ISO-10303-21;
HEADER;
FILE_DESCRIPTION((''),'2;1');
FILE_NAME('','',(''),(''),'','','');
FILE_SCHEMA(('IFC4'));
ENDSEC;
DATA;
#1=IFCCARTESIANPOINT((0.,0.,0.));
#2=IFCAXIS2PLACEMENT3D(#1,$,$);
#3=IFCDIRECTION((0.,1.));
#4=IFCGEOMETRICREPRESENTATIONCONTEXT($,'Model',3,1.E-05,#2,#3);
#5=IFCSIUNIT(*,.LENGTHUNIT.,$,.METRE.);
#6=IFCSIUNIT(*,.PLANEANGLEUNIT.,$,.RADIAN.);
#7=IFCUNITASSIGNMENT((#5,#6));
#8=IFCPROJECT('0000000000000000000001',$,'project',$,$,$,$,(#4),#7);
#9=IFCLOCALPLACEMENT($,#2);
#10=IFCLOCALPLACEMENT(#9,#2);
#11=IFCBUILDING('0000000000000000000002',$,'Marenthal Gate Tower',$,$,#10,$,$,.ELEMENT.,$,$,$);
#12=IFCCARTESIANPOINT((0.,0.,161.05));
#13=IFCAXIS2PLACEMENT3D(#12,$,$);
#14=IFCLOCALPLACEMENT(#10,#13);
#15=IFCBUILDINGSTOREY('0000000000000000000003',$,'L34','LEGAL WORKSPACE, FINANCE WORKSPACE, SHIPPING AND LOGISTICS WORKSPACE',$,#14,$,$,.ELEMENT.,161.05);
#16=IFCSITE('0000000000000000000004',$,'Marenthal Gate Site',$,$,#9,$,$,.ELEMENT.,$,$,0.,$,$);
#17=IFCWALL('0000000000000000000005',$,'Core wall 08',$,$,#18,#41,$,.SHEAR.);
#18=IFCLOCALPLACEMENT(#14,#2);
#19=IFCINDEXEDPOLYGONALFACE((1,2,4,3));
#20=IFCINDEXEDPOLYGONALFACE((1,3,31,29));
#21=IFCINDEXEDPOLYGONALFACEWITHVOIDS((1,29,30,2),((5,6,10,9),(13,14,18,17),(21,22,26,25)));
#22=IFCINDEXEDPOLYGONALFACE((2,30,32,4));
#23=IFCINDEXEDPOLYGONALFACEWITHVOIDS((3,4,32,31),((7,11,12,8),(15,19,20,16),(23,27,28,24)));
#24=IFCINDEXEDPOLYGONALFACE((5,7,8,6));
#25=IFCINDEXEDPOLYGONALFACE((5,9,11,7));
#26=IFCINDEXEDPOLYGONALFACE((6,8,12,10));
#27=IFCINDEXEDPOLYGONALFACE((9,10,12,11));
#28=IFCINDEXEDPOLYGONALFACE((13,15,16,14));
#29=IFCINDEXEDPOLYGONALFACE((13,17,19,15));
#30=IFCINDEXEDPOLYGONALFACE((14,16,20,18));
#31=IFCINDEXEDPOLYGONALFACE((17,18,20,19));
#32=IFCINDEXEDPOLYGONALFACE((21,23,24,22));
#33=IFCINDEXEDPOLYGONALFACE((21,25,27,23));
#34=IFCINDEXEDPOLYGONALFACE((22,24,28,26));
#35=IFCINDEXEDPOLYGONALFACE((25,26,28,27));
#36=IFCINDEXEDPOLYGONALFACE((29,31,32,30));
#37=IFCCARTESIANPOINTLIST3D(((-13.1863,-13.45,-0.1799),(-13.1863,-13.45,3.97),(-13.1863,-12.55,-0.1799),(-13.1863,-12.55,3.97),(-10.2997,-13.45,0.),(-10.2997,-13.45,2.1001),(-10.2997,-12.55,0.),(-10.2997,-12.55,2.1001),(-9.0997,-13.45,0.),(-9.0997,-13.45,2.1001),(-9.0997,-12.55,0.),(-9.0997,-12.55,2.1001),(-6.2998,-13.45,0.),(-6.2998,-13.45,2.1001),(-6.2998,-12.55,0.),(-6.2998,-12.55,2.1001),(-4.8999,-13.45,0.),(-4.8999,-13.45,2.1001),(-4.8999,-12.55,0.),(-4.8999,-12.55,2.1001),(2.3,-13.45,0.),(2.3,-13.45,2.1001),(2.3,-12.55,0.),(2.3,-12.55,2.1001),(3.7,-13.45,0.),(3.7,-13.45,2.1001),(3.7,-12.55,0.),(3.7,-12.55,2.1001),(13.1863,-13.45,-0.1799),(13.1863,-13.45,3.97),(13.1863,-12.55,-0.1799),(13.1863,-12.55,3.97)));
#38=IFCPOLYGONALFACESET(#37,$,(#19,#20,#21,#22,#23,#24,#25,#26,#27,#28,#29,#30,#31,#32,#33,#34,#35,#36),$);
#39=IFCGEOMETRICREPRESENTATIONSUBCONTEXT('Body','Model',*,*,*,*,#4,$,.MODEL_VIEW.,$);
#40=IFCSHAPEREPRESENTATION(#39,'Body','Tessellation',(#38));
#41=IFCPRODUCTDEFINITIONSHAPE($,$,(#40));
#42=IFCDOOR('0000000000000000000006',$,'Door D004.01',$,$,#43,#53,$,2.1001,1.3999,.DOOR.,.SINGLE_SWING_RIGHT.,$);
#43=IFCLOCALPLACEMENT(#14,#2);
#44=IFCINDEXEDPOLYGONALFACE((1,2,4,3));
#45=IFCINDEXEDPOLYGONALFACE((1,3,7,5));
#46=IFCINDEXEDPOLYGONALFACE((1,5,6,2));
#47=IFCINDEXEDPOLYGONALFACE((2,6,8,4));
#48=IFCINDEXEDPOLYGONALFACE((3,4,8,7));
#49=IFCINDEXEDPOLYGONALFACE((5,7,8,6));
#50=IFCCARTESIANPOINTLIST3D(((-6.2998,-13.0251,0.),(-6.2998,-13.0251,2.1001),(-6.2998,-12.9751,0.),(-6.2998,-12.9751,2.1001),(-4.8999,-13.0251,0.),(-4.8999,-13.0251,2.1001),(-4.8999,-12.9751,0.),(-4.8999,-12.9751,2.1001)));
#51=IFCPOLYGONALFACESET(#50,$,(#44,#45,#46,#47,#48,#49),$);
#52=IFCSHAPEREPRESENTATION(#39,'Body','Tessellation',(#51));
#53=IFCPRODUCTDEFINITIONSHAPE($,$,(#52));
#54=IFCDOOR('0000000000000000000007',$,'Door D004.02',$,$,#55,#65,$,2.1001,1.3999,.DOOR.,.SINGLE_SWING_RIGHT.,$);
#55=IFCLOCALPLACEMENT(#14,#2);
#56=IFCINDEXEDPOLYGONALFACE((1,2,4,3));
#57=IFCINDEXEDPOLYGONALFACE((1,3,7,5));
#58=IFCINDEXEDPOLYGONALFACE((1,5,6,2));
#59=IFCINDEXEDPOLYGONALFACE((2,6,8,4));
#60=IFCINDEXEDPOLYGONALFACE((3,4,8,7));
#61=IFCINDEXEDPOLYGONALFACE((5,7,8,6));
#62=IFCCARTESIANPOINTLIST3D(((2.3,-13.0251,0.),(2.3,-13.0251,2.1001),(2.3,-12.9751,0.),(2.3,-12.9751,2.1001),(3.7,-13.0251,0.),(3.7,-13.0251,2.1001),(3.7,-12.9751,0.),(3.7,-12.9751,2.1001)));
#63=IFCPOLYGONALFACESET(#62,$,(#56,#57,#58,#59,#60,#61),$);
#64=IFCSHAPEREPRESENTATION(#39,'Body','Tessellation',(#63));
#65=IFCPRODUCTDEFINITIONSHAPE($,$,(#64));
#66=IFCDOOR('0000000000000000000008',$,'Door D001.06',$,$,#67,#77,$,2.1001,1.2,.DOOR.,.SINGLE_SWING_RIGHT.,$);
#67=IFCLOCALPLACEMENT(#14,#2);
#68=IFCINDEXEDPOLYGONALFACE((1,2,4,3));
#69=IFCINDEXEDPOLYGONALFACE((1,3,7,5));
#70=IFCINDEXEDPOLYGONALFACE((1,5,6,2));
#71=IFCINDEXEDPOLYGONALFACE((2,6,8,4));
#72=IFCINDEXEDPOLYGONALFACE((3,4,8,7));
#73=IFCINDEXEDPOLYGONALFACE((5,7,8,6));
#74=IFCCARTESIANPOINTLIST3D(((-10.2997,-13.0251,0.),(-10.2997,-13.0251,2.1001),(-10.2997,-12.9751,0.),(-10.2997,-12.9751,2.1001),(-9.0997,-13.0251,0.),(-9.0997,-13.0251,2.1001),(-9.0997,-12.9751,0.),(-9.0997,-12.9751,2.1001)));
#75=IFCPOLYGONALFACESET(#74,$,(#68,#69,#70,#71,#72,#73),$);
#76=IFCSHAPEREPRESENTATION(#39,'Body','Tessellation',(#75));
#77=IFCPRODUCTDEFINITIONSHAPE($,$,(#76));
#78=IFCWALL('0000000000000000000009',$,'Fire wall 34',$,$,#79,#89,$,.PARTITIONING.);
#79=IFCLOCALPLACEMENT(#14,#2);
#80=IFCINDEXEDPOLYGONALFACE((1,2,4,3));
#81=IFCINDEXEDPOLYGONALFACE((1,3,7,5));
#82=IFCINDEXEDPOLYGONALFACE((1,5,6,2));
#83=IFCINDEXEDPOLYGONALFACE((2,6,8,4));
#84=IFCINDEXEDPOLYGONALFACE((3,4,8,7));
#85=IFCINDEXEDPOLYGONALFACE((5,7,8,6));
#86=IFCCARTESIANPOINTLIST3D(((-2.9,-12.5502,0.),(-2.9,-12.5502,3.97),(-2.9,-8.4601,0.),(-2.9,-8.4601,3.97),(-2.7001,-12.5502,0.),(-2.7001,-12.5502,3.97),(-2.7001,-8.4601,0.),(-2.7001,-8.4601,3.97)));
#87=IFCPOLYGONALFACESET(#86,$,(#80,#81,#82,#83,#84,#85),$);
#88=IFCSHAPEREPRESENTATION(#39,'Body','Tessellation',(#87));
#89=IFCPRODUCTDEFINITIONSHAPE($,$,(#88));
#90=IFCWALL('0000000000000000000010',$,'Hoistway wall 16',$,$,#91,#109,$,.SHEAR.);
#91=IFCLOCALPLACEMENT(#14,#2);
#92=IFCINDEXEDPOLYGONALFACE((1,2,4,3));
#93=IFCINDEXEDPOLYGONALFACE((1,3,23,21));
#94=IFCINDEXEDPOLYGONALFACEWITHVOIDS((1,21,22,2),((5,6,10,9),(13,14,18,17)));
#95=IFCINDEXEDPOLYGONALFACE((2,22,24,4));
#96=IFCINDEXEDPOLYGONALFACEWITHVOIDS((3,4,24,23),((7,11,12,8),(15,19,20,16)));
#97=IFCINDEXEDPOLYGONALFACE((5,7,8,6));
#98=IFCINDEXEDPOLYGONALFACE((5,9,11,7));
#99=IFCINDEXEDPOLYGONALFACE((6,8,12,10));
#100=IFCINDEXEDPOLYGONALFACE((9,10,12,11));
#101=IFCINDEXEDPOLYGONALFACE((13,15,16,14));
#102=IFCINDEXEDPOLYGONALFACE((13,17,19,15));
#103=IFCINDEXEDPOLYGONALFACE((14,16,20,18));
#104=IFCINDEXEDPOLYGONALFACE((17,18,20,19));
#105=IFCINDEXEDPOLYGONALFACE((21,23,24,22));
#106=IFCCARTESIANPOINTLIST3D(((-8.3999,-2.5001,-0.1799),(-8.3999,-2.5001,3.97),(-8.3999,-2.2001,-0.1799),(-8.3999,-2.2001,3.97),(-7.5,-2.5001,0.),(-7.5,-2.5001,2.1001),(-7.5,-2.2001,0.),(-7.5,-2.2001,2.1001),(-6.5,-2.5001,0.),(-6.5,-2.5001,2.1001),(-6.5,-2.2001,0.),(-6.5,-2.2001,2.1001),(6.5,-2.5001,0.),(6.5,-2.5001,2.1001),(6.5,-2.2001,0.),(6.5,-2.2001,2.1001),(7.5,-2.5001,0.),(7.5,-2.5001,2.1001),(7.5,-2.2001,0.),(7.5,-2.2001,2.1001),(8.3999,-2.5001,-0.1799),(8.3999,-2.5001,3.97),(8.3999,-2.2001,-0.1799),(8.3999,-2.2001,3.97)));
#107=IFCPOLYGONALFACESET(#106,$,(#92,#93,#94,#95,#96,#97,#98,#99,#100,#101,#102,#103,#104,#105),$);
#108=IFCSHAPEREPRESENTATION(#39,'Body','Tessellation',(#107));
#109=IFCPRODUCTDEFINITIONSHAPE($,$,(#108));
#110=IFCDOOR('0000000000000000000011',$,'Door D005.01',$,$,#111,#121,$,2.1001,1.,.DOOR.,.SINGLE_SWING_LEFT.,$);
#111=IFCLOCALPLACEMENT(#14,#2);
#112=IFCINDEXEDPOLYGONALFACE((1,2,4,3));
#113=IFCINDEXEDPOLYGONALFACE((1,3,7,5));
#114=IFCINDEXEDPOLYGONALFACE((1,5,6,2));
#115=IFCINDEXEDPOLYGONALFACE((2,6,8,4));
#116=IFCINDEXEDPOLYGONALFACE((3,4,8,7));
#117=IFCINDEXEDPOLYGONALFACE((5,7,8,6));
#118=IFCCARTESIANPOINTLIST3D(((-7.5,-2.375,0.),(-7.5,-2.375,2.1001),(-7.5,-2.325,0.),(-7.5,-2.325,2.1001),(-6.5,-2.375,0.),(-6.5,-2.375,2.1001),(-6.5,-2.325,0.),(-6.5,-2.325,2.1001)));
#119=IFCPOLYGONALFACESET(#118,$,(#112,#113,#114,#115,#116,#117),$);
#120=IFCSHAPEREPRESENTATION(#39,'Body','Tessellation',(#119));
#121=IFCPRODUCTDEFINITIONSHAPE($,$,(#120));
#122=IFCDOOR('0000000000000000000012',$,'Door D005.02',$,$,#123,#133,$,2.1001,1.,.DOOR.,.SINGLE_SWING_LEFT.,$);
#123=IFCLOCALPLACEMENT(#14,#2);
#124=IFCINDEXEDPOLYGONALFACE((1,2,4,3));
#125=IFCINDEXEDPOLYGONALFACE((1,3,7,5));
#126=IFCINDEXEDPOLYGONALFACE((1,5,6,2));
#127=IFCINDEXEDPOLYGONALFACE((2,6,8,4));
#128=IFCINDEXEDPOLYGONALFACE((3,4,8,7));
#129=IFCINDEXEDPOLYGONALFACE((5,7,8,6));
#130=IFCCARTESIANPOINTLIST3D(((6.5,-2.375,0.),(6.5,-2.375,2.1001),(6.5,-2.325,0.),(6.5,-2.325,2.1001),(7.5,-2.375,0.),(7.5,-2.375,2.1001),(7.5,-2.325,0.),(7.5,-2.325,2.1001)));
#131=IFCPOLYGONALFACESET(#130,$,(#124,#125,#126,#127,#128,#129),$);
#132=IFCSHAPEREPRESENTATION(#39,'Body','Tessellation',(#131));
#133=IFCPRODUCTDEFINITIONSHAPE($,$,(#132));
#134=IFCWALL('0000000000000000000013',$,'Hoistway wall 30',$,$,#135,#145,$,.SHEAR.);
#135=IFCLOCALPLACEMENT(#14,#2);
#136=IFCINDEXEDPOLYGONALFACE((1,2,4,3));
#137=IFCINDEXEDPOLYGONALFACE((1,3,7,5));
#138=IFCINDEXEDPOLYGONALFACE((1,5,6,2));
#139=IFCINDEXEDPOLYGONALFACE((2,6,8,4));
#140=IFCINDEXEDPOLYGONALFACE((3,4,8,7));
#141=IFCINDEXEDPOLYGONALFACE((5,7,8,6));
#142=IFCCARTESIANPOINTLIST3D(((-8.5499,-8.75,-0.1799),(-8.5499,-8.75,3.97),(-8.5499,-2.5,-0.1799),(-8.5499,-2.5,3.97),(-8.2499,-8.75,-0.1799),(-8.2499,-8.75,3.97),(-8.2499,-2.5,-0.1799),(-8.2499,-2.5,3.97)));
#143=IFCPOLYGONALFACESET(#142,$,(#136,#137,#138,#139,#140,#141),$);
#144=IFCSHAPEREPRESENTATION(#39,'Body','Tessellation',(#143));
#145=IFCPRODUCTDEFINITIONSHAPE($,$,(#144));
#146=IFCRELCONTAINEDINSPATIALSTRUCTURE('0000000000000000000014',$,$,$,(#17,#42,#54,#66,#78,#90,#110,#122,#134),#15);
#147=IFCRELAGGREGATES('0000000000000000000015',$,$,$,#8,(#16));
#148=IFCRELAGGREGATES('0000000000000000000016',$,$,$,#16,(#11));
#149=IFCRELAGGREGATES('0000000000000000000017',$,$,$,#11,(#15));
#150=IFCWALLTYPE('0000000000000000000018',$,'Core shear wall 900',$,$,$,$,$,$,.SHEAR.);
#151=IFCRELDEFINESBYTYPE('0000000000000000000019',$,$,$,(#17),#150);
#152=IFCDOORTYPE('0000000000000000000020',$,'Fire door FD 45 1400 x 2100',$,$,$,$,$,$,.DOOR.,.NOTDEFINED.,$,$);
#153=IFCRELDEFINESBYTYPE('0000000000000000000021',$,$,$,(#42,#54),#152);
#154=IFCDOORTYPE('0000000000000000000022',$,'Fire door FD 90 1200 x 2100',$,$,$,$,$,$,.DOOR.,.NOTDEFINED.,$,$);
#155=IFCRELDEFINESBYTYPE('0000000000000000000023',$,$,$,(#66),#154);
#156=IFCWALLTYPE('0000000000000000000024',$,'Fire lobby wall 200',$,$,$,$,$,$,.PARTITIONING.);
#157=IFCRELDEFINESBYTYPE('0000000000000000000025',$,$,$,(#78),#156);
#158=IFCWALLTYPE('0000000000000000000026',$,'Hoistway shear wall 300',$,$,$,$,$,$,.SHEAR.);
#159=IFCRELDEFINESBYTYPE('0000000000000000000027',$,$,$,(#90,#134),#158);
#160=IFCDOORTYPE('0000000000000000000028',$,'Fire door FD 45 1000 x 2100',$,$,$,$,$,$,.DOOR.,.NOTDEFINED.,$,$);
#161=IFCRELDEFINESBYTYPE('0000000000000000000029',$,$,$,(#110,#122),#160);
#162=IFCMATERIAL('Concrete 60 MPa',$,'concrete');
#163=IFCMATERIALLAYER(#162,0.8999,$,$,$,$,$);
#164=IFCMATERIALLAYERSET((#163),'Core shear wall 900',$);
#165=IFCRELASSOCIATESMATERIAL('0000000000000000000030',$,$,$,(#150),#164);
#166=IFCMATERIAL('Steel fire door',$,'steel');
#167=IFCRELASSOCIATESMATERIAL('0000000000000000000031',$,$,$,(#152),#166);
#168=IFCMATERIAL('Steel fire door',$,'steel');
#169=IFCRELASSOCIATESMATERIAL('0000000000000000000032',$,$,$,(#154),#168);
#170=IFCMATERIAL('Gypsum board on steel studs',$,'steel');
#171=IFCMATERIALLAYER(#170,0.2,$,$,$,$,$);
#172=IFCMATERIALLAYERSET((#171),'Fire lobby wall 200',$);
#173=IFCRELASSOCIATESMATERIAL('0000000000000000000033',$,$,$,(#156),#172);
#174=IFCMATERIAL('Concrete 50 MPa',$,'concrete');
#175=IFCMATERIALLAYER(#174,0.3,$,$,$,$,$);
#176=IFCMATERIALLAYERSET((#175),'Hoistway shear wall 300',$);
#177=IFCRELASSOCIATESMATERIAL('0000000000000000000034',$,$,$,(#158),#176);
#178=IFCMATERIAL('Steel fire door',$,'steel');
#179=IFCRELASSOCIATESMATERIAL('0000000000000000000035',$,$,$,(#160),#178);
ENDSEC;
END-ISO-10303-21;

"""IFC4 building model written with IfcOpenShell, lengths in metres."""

from ifc_helpers import new_model, si_unit, direction, frame, frame_2d, origin, place, context, subcontext, project, spatial, rectangle, extrude, material, layer, layer_set, type_object, element, fill, save


model = new_model("IFC4")

# Units and contexts
model_context = context("Model", 3, precision=1e-05, world=origin(), true_north=direction((0.0, 1.0)))
body_context = subcontext(model_context, "Body", "Model", "MODEL_VIEW")
ifc_project = project(units=[si_unit("LENGTHUNIT", "METRE"), si_unit("PLANEANGLEUNIT", "RADIAN")], contexts=[model_context])

# Site, building, storey
site_placement = place(None, origin())
site = spatial("IfcSite", under=ifc_project, at=site_placement, Name="Marenthal Gate Site", CompositionType="ELEMENT", RefElevation=0.0)
building_placement = place(site_placement, origin())
building = spatial("IfcBuilding", under=site, at=building_placement, Name="Marenthal Gate Tower", CompositionType="ELEMENT")
storey_placement = place(building_placement, frame((0.0, 0.0, 161.05)))
storey = spatial("IfcBuildingStorey", under=building, at=storey_placement, Name="L34", Description="LEGAL WORKSPACE, FINANCE WORKSPACE, SHIPPING AND LOGISTICS WORKSPACE", CompositionType="ELEMENT", Elevation=161.05)

# Wall, openings, doors
ifc_material_1 = material(Name="Concrete 60 MPa", Category="concrete")
ifc_layer_1 = layer(ifc_material_1, 0.8999)
ifc_layer_set_1 = layer_set([ifc_layer_1], Name="Core shear wall 900")
wall_type_1 = type_object("IfcWallType", Name="Core shear wall 900", PredefinedType="SHEAR", material=ifc_layer_set_1)
wall_1_placement = place(storey_placement, frame((-13.1863, -13.0, -0.1799), z_axis=(0.0, 0.0, 1.0), x_axis=(1.0, 0.0, 0.0)))
wall_1 = element("IfcWall", 1, at=wall_1_placement, inside=storey, type_object=wall_type_1, Name="Core wall 08", PredefinedType="SHEAR", context=body_context, shape_type="SweptSolid", body=[
    extrude(rectangle(XDim=26.3726, YDim=0.8999, at=frame_2d((13.1863, 0.0))), origin(), (0.0, 0.0, 1.0), 4.1499),
])
opening_1_placement = place(wall_1_placement, frame((2.8865, 0.0, 0.1799)))
opening_1 = element("IfcOpeningElement", 2, at=opening_1_placement, cuts=wall_1, PredefinedType="OPENING", context=body_context, shape_type="SweptSolid", body=[
    extrude(rectangle(XDim=1.2, YDim=2.1001, at=frame_2d((0.6001, 1.05))), frame((0.0, 0.46, 0.0), z_axis=(0.0, -1.0, 0.0), x_axis=(1.0, 0.0, 0.0)), (0.0, 0.0, 1.0), 0.9199),
])
opening_2_placement = place(wall_1_placement, frame((6.8865, 0.0, 0.1799)))
opening_2 = element("IfcOpeningElement", 3, at=opening_2_placement, cuts=wall_1, PredefinedType="OPENING", context=body_context, shape_type="SweptSolid", body=[
    extrude(rectangle(XDim=1.3999, YDim=2.1001, at=frame_2d((0.7, 1.05))), frame((0.0, 0.46, 0.0), z_axis=(0.0, -1.0, 0.0), x_axis=(1.0, 0.0, 0.0)), (0.0, 0.0, 1.0), 0.9199),
])
opening_3_placement = place(wall_1_placement, frame((15.4863, 0.0, 0.1799)))
opening_3 = element("IfcOpeningElement", 4, at=opening_3_placement, cuts=wall_1, PredefinedType="OPENING", context=body_context, shape_type="SweptSolid", body=[
    extrude(rectangle(XDim=1.3999, YDim=2.1001, at=frame_2d((0.7, 1.05))), frame((0.0, 0.46, 0.0), z_axis=(0.0, -1.0, 0.0), x_axis=(1.0, 0.0, 0.0)), (0.0, 0.0, 1.0), 0.9199),
])
ifc_material_2 = material(Name="Steel fire door", Category="steel")
door_type_1 = type_object("IfcDoorType", Name="Fire door FD 45 1400 x 2100", OperationType="NOTDEFINED", PredefinedType="DOOR", material=ifc_material_2)
door_1_placement = place(opening_2_placement, origin())
door_1 = element("IfcDoor", 5, at=door_1_placement, inside=storey, type_object=door_type_1, Name="Door D004.01", OperationType="SINGLE_SWING_RIGHT", OverallHeight=2.1001, OverallWidth=1.3999, PredefinedType="DOOR", context=body_context, shape_type="SweptSolid", body=[
    extrude(rectangle(XDim=1.3999, YDim=2.1001, at=frame_2d((0.7, 1.05))), frame((0.0, 0.0249, 0.0), z_axis=(0.0, -1.0, 0.0), x_axis=(1.0, 0.0, 0.0)), (0.0, 0.0, 1.0), 0.05),
])
fill(opening_2, door_1)
door_2_placement = place(opening_3_placement, origin())
door_2 = element("IfcDoor", 6, at=door_2_placement, inside=storey, type_object=door_type_1, Name="Door D004.02", OperationType="SINGLE_SWING_RIGHT", OverallHeight=2.1001, OverallWidth=1.3999, PredefinedType="DOOR", context=body_context, shape_type="SweptSolid", body=[
    extrude(rectangle(XDim=1.3999, YDim=2.1001, at=frame_2d((0.7, 1.05))), frame((0.0, 0.0249, 0.0), z_axis=(0.0, -1.0, 0.0), x_axis=(1.0, 0.0, 0.0)), (0.0, 0.0, 1.0), 0.05),
])
fill(opening_3, door_2)
ifc_material_3 = material(Name="Steel fire door", Category="steel")
door_type_2 = type_object("IfcDoorType", Name="Fire door FD 90 1200 x 2100", OperationType="NOTDEFINED", PredefinedType="DOOR", material=ifc_material_3)
door_3_placement = place(opening_1_placement, origin())
door_3 = element("IfcDoor", 7, at=door_3_placement, inside=storey, type_object=door_type_2, Name="Door D001.06", OperationType="SINGLE_SWING_RIGHT", OverallHeight=2.1001, OverallWidth=1.2, PredefinedType="DOOR", context=body_context, shape_type="SweptSolid", body=[
    extrude(rectangle(XDim=1.2, YDim=2.1001, at=frame_2d((0.6001, 1.05))), frame((0.0, 0.0249, 0.0), z_axis=(0.0, -1.0, 0.0), x_axis=(1.0, 0.0, 0.0)), (0.0, 0.0, 1.0), 0.05),
])
fill(opening_1, door_3)

# Wall
ifc_material_4 = material(Name="Gypsum board on steel studs", Category="steel")
ifc_layer_2 = layer(ifc_material_4, 0.2)
ifc_layer_set_2 = layer_set([ifc_layer_2], Name="Fire lobby wall 200")
wall_type_2 = type_object("IfcWallType", Name="Fire lobby wall 200", PredefinedType="PARTITIONING", material=ifc_layer_set_2)
wall_2_placement = place(storey_placement, frame((-2.8, -12.55, 0.0), z_axis=(0.0, 0.0, 1.0), x_axis=(0.0, 1.0, 0.0)))
element("IfcWall", 8, at=wall_2_placement, inside=storey, type_object=wall_type_2, Name="Fire wall 34", PredefinedType="PARTITIONING", context=body_context, shape_type="SweptSolid", body=[
    extrude(rectangle(XDim=4.0901, YDim=0.2, at=frame_2d((2.0449, 0.0))), origin(), (0.0, 0.0, 1.0), 3.97),
])

# Wall, openings, doors
ifc_material_5 = material(Name="Concrete 50 MPa", Category="concrete")
ifc_layer_3 = layer(ifc_material_5, 0.3)
ifc_layer_set_3 = layer_set([ifc_layer_3], Name="Hoistway shear wall 300")
wall_type_3 = type_object("IfcWallType", Name="Hoistway shear wall 300", PredefinedType="SHEAR", material=ifc_layer_set_3)
wall_3_placement = place(storey_placement, frame((-8.3999, -2.3501, -0.1799), z_axis=(0.0, 0.0, 1.0), x_axis=(1.0, 0.0, 0.0)))
wall_3 = element("IfcWall", 9, at=wall_3_placement, inside=storey, type_object=wall_type_3, Name="Hoistway wall 16", PredefinedType="SHEAR", context=body_context, shape_type="SweptSolid", body=[
    extrude(rectangle(XDim=16.7998, YDim=0.3, at=frame_2d((8.3999, 0.0))), origin(), (0.0, 0.0, 1.0), 4.1499),
])
opening_4_placement = place(wall_3_placement, frame((0.8999, 0.0, 0.1799)))
opening_4 = element("IfcOpeningElement", 10, at=opening_4_placement, cuts=wall_3, PredefinedType="OPENING", context=body_context, shape_type="SweptSolid", body=[
    extrude(rectangle(XDim=1.0, YDim=2.1001, at=frame_2d((0.5, 1.05))), frame((0.0, 0.1602, 0.0), z_axis=(0.0, -1.0, 0.0), x_axis=(1.0, 0.0, 0.0)), (0.0, 0.0, 1.0), 0.3201),
])
opening_5_placement = place(wall_3_placement, frame((14.8999, 0.0, 0.1799)))
opening_5 = element("IfcOpeningElement", 11, at=opening_5_placement, cuts=wall_3, PredefinedType="OPENING", context=body_context, shape_type="SweptSolid", body=[
    extrude(rectangle(XDim=1.0, YDim=2.1001, at=frame_2d((0.5, 1.05))), frame((0.0, 0.1602, 0.0), z_axis=(0.0, -1.0, 0.0), x_axis=(1.0, 0.0, 0.0)), (0.0, 0.0, 1.0), 0.3201),
])
ifc_material_6 = material(Name="Steel fire door", Category="steel")
door_type_3 = type_object("IfcDoorType", Name="Fire door FD 45 1000 x 2100", OperationType="NOTDEFINED", PredefinedType="DOOR", material=ifc_material_6)
door_4_placement = place(opening_4_placement, frame((1.0, 0.0, 0.0), z_axis=(0.0, 0.0, 1.0), x_axis=(-1.0, 0.0, 0.0)))
door_4 = element("IfcDoor", 12, at=door_4_placement, inside=storey, type_object=door_type_3, Name="Door D005.01", OperationType="SINGLE_SWING_LEFT", OverallHeight=2.1001, OverallWidth=1.0, PredefinedType="DOOR", context=body_context, shape_type="SweptSolid", body=[
    extrude(rectangle(XDim=1.0, YDim=2.1001, at=frame_2d((0.5, 1.05))), frame((0.0, 0.0249, 0.0), z_axis=(0.0, -1.0, 0.0), x_axis=(1.0, 0.0, 0.0)), (0.0, 0.0, 1.0), 0.05),
])
fill(opening_4, door_4)
door_5_placement = place(opening_5_placement, frame((1.0, 0.0, 0.0), z_axis=(0.0, 0.0, 1.0), x_axis=(-1.0, 0.0, 0.0)))
door_5 = element("IfcDoor", 13, at=door_5_placement, inside=storey, type_object=door_type_3, Name="Door D005.02", OperationType="SINGLE_SWING_LEFT", OverallHeight=2.1001, OverallWidth=1.0, PredefinedType="DOOR", context=body_context, shape_type="SweptSolid", body=[
    extrude(rectangle(XDim=1.0, YDim=2.1001, at=frame_2d((0.5, 1.05))), frame((0.0, 0.0249, 0.0), z_axis=(0.0, -1.0, 0.0), x_axis=(1.0, 0.0, 0.0)), (0.0, 0.0, 1.0), 0.05),
])
fill(opening_5, door_5)

# Wall
wall_4_placement = place(storey_placement, frame((-8.3999, -8.75, -0.1799), z_axis=(0.0, 0.0, 1.0), x_axis=(0.0, 1.0, 0.0)))
element("IfcWall", 14, at=wall_4_placement, inside=storey, type_object=wall_type_3, Name="Hoistway wall 30", PredefinedType="SHEAR", context=body_context, shape_type="SweptSolid", body=[
    extrude(rectangle(XDim=6.25, YDim=0.3, at=frame_2d((3.125, 0.0))), origin(), (0.0, 0.0, 1.0), 4.1499),
])

save(model, "model.ifc")
